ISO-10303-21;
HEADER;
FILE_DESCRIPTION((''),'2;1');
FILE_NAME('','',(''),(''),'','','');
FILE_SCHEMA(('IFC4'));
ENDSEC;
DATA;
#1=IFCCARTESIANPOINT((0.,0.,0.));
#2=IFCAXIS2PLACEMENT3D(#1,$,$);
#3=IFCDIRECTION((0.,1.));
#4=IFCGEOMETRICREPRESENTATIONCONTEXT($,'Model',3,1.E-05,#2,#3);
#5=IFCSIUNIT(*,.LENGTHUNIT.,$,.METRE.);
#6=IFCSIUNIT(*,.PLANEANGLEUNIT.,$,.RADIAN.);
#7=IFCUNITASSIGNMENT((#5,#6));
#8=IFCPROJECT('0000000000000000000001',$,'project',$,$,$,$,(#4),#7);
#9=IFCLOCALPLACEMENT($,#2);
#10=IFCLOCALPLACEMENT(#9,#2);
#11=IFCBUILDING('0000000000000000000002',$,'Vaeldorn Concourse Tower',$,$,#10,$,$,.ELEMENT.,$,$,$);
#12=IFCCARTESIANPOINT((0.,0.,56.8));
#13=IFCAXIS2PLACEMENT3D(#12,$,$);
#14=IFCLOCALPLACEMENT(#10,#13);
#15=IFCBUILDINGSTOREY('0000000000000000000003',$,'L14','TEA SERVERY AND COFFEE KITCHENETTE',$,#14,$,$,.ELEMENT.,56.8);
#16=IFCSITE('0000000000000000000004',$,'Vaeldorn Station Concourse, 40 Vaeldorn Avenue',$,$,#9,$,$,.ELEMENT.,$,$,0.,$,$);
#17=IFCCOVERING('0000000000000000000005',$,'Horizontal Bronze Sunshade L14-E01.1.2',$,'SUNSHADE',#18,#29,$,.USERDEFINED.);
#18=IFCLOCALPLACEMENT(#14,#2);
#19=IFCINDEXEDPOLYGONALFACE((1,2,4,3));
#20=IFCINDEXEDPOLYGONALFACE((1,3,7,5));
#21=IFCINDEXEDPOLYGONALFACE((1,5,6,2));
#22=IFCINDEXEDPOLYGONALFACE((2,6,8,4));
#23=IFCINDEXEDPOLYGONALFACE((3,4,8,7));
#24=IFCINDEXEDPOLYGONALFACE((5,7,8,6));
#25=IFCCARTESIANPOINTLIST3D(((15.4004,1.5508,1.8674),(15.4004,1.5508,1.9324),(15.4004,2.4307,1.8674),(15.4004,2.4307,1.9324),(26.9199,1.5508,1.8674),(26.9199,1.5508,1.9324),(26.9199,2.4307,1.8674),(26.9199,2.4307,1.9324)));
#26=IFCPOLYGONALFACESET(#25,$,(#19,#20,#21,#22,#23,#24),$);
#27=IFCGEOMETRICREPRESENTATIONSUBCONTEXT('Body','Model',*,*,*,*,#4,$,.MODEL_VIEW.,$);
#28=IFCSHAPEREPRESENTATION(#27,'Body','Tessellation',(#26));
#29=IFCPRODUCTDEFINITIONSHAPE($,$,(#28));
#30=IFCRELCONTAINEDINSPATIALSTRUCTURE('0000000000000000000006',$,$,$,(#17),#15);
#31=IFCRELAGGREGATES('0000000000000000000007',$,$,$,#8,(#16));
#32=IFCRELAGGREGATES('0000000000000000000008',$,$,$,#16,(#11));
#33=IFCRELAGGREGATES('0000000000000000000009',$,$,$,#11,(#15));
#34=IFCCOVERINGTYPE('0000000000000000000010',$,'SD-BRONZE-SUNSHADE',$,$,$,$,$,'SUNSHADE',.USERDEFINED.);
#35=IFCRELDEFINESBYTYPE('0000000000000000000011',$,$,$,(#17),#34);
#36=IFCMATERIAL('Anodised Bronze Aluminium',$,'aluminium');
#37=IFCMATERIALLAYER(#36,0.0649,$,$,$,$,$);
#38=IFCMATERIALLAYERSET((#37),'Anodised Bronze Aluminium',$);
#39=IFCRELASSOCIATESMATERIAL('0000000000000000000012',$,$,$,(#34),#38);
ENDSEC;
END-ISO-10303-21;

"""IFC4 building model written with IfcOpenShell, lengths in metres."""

from ifc_helpers import new_model, si_unit, direction, frame, origin, origin_2d, place, context, subcontext, project, spatial, rectangle, extrude, source, transform, mapped, material, layer, layer_set, type_object, element, save


model = new_model("IFC4")

# Units and contexts
model_context = context("Model", 3, precision=1e-05, world=origin(), true_north=direction((0.0, 1.0)))
body_context = subcontext(model_context, "Body", "Model", "MODEL_VIEW")
ifc_project = project(units=[si_unit("LENGTHUNIT", "METRE"), si_unit("PLANEANGLEUNIT", "RADIAN")], contexts=[model_context])

# Site, building, storey
site_placement = place(None, origin())
site = spatial("IfcSite", under=ifc_project, at=site_placement, Name="Vaeldorn Station Concourse, 40 Vaeldorn Avenue", CompositionType="ELEMENT", RefElevation=0.0)
building_placement = place(site_placement, origin())
building = spatial("IfcBuilding", under=site, at=building_placement, Name="Vaeldorn Concourse Tower", CompositionType="ELEMENT")
storey_placement = place(building_placement, frame((0.0, 0.0, 56.8)))
storey = spatial("IfcBuildingStorey", under=building, at=storey_placement, Name="L14", Description="TEA SERVERY AND COFFEE KITCHENETTE", CompositionType="ELEMENT", Elevation=56.8)

# Shared definitions
ifc_material_1 = material(Name="Anodised Bronze Aluminium", Category="aluminium")

# Covering
ifc_layer_1 = layer(ifc_material_1, 0.0649)
ifc_layer_set_1 = layer_set([ifc_layer_1], Name="Anodised Bronze Aluminium")
covering_type = type_object("IfcCoveringType", Name="SD-BRONZE-SUNSHADE", ElementType="SUNSHADE", PredefinedType="USERDEFINED", material=ifc_layer_set_1)
shared_shape_1 = source(origin(), body_context, "Body", "SweptSolid", [
    extrude(rectangle(XDim=11.5195, YDim=0.8799, at=origin_2d()), origin(), (0.0, 0.0, 1.0), 0.0649),
])
for number, where, z_axis, x_axis, name in (
    (1, (21.1602, 1.9907, 1.8674), (0.0, 0.0, 1.0), (1.0, 0.0, 0.0), "Horizontal Bronze Sunshade L14-E01.1.2"),
):
    element("IfcCovering", number, at=place(storey_placement, frame(where, z_axis=z_axis, x_axis=x_axis)), inside=storey, type_object=covering_type, Name=name, ObjectType="SUNSHADE", PredefinedType="USERDEFINED", context=body_context, shape_type="MappedRepresentation", body=[
        mapped(shared_shape_1, transform((0.0, 0.0, 0.0), scale=1.0)),
    ])

save(model, "model.ifc")
